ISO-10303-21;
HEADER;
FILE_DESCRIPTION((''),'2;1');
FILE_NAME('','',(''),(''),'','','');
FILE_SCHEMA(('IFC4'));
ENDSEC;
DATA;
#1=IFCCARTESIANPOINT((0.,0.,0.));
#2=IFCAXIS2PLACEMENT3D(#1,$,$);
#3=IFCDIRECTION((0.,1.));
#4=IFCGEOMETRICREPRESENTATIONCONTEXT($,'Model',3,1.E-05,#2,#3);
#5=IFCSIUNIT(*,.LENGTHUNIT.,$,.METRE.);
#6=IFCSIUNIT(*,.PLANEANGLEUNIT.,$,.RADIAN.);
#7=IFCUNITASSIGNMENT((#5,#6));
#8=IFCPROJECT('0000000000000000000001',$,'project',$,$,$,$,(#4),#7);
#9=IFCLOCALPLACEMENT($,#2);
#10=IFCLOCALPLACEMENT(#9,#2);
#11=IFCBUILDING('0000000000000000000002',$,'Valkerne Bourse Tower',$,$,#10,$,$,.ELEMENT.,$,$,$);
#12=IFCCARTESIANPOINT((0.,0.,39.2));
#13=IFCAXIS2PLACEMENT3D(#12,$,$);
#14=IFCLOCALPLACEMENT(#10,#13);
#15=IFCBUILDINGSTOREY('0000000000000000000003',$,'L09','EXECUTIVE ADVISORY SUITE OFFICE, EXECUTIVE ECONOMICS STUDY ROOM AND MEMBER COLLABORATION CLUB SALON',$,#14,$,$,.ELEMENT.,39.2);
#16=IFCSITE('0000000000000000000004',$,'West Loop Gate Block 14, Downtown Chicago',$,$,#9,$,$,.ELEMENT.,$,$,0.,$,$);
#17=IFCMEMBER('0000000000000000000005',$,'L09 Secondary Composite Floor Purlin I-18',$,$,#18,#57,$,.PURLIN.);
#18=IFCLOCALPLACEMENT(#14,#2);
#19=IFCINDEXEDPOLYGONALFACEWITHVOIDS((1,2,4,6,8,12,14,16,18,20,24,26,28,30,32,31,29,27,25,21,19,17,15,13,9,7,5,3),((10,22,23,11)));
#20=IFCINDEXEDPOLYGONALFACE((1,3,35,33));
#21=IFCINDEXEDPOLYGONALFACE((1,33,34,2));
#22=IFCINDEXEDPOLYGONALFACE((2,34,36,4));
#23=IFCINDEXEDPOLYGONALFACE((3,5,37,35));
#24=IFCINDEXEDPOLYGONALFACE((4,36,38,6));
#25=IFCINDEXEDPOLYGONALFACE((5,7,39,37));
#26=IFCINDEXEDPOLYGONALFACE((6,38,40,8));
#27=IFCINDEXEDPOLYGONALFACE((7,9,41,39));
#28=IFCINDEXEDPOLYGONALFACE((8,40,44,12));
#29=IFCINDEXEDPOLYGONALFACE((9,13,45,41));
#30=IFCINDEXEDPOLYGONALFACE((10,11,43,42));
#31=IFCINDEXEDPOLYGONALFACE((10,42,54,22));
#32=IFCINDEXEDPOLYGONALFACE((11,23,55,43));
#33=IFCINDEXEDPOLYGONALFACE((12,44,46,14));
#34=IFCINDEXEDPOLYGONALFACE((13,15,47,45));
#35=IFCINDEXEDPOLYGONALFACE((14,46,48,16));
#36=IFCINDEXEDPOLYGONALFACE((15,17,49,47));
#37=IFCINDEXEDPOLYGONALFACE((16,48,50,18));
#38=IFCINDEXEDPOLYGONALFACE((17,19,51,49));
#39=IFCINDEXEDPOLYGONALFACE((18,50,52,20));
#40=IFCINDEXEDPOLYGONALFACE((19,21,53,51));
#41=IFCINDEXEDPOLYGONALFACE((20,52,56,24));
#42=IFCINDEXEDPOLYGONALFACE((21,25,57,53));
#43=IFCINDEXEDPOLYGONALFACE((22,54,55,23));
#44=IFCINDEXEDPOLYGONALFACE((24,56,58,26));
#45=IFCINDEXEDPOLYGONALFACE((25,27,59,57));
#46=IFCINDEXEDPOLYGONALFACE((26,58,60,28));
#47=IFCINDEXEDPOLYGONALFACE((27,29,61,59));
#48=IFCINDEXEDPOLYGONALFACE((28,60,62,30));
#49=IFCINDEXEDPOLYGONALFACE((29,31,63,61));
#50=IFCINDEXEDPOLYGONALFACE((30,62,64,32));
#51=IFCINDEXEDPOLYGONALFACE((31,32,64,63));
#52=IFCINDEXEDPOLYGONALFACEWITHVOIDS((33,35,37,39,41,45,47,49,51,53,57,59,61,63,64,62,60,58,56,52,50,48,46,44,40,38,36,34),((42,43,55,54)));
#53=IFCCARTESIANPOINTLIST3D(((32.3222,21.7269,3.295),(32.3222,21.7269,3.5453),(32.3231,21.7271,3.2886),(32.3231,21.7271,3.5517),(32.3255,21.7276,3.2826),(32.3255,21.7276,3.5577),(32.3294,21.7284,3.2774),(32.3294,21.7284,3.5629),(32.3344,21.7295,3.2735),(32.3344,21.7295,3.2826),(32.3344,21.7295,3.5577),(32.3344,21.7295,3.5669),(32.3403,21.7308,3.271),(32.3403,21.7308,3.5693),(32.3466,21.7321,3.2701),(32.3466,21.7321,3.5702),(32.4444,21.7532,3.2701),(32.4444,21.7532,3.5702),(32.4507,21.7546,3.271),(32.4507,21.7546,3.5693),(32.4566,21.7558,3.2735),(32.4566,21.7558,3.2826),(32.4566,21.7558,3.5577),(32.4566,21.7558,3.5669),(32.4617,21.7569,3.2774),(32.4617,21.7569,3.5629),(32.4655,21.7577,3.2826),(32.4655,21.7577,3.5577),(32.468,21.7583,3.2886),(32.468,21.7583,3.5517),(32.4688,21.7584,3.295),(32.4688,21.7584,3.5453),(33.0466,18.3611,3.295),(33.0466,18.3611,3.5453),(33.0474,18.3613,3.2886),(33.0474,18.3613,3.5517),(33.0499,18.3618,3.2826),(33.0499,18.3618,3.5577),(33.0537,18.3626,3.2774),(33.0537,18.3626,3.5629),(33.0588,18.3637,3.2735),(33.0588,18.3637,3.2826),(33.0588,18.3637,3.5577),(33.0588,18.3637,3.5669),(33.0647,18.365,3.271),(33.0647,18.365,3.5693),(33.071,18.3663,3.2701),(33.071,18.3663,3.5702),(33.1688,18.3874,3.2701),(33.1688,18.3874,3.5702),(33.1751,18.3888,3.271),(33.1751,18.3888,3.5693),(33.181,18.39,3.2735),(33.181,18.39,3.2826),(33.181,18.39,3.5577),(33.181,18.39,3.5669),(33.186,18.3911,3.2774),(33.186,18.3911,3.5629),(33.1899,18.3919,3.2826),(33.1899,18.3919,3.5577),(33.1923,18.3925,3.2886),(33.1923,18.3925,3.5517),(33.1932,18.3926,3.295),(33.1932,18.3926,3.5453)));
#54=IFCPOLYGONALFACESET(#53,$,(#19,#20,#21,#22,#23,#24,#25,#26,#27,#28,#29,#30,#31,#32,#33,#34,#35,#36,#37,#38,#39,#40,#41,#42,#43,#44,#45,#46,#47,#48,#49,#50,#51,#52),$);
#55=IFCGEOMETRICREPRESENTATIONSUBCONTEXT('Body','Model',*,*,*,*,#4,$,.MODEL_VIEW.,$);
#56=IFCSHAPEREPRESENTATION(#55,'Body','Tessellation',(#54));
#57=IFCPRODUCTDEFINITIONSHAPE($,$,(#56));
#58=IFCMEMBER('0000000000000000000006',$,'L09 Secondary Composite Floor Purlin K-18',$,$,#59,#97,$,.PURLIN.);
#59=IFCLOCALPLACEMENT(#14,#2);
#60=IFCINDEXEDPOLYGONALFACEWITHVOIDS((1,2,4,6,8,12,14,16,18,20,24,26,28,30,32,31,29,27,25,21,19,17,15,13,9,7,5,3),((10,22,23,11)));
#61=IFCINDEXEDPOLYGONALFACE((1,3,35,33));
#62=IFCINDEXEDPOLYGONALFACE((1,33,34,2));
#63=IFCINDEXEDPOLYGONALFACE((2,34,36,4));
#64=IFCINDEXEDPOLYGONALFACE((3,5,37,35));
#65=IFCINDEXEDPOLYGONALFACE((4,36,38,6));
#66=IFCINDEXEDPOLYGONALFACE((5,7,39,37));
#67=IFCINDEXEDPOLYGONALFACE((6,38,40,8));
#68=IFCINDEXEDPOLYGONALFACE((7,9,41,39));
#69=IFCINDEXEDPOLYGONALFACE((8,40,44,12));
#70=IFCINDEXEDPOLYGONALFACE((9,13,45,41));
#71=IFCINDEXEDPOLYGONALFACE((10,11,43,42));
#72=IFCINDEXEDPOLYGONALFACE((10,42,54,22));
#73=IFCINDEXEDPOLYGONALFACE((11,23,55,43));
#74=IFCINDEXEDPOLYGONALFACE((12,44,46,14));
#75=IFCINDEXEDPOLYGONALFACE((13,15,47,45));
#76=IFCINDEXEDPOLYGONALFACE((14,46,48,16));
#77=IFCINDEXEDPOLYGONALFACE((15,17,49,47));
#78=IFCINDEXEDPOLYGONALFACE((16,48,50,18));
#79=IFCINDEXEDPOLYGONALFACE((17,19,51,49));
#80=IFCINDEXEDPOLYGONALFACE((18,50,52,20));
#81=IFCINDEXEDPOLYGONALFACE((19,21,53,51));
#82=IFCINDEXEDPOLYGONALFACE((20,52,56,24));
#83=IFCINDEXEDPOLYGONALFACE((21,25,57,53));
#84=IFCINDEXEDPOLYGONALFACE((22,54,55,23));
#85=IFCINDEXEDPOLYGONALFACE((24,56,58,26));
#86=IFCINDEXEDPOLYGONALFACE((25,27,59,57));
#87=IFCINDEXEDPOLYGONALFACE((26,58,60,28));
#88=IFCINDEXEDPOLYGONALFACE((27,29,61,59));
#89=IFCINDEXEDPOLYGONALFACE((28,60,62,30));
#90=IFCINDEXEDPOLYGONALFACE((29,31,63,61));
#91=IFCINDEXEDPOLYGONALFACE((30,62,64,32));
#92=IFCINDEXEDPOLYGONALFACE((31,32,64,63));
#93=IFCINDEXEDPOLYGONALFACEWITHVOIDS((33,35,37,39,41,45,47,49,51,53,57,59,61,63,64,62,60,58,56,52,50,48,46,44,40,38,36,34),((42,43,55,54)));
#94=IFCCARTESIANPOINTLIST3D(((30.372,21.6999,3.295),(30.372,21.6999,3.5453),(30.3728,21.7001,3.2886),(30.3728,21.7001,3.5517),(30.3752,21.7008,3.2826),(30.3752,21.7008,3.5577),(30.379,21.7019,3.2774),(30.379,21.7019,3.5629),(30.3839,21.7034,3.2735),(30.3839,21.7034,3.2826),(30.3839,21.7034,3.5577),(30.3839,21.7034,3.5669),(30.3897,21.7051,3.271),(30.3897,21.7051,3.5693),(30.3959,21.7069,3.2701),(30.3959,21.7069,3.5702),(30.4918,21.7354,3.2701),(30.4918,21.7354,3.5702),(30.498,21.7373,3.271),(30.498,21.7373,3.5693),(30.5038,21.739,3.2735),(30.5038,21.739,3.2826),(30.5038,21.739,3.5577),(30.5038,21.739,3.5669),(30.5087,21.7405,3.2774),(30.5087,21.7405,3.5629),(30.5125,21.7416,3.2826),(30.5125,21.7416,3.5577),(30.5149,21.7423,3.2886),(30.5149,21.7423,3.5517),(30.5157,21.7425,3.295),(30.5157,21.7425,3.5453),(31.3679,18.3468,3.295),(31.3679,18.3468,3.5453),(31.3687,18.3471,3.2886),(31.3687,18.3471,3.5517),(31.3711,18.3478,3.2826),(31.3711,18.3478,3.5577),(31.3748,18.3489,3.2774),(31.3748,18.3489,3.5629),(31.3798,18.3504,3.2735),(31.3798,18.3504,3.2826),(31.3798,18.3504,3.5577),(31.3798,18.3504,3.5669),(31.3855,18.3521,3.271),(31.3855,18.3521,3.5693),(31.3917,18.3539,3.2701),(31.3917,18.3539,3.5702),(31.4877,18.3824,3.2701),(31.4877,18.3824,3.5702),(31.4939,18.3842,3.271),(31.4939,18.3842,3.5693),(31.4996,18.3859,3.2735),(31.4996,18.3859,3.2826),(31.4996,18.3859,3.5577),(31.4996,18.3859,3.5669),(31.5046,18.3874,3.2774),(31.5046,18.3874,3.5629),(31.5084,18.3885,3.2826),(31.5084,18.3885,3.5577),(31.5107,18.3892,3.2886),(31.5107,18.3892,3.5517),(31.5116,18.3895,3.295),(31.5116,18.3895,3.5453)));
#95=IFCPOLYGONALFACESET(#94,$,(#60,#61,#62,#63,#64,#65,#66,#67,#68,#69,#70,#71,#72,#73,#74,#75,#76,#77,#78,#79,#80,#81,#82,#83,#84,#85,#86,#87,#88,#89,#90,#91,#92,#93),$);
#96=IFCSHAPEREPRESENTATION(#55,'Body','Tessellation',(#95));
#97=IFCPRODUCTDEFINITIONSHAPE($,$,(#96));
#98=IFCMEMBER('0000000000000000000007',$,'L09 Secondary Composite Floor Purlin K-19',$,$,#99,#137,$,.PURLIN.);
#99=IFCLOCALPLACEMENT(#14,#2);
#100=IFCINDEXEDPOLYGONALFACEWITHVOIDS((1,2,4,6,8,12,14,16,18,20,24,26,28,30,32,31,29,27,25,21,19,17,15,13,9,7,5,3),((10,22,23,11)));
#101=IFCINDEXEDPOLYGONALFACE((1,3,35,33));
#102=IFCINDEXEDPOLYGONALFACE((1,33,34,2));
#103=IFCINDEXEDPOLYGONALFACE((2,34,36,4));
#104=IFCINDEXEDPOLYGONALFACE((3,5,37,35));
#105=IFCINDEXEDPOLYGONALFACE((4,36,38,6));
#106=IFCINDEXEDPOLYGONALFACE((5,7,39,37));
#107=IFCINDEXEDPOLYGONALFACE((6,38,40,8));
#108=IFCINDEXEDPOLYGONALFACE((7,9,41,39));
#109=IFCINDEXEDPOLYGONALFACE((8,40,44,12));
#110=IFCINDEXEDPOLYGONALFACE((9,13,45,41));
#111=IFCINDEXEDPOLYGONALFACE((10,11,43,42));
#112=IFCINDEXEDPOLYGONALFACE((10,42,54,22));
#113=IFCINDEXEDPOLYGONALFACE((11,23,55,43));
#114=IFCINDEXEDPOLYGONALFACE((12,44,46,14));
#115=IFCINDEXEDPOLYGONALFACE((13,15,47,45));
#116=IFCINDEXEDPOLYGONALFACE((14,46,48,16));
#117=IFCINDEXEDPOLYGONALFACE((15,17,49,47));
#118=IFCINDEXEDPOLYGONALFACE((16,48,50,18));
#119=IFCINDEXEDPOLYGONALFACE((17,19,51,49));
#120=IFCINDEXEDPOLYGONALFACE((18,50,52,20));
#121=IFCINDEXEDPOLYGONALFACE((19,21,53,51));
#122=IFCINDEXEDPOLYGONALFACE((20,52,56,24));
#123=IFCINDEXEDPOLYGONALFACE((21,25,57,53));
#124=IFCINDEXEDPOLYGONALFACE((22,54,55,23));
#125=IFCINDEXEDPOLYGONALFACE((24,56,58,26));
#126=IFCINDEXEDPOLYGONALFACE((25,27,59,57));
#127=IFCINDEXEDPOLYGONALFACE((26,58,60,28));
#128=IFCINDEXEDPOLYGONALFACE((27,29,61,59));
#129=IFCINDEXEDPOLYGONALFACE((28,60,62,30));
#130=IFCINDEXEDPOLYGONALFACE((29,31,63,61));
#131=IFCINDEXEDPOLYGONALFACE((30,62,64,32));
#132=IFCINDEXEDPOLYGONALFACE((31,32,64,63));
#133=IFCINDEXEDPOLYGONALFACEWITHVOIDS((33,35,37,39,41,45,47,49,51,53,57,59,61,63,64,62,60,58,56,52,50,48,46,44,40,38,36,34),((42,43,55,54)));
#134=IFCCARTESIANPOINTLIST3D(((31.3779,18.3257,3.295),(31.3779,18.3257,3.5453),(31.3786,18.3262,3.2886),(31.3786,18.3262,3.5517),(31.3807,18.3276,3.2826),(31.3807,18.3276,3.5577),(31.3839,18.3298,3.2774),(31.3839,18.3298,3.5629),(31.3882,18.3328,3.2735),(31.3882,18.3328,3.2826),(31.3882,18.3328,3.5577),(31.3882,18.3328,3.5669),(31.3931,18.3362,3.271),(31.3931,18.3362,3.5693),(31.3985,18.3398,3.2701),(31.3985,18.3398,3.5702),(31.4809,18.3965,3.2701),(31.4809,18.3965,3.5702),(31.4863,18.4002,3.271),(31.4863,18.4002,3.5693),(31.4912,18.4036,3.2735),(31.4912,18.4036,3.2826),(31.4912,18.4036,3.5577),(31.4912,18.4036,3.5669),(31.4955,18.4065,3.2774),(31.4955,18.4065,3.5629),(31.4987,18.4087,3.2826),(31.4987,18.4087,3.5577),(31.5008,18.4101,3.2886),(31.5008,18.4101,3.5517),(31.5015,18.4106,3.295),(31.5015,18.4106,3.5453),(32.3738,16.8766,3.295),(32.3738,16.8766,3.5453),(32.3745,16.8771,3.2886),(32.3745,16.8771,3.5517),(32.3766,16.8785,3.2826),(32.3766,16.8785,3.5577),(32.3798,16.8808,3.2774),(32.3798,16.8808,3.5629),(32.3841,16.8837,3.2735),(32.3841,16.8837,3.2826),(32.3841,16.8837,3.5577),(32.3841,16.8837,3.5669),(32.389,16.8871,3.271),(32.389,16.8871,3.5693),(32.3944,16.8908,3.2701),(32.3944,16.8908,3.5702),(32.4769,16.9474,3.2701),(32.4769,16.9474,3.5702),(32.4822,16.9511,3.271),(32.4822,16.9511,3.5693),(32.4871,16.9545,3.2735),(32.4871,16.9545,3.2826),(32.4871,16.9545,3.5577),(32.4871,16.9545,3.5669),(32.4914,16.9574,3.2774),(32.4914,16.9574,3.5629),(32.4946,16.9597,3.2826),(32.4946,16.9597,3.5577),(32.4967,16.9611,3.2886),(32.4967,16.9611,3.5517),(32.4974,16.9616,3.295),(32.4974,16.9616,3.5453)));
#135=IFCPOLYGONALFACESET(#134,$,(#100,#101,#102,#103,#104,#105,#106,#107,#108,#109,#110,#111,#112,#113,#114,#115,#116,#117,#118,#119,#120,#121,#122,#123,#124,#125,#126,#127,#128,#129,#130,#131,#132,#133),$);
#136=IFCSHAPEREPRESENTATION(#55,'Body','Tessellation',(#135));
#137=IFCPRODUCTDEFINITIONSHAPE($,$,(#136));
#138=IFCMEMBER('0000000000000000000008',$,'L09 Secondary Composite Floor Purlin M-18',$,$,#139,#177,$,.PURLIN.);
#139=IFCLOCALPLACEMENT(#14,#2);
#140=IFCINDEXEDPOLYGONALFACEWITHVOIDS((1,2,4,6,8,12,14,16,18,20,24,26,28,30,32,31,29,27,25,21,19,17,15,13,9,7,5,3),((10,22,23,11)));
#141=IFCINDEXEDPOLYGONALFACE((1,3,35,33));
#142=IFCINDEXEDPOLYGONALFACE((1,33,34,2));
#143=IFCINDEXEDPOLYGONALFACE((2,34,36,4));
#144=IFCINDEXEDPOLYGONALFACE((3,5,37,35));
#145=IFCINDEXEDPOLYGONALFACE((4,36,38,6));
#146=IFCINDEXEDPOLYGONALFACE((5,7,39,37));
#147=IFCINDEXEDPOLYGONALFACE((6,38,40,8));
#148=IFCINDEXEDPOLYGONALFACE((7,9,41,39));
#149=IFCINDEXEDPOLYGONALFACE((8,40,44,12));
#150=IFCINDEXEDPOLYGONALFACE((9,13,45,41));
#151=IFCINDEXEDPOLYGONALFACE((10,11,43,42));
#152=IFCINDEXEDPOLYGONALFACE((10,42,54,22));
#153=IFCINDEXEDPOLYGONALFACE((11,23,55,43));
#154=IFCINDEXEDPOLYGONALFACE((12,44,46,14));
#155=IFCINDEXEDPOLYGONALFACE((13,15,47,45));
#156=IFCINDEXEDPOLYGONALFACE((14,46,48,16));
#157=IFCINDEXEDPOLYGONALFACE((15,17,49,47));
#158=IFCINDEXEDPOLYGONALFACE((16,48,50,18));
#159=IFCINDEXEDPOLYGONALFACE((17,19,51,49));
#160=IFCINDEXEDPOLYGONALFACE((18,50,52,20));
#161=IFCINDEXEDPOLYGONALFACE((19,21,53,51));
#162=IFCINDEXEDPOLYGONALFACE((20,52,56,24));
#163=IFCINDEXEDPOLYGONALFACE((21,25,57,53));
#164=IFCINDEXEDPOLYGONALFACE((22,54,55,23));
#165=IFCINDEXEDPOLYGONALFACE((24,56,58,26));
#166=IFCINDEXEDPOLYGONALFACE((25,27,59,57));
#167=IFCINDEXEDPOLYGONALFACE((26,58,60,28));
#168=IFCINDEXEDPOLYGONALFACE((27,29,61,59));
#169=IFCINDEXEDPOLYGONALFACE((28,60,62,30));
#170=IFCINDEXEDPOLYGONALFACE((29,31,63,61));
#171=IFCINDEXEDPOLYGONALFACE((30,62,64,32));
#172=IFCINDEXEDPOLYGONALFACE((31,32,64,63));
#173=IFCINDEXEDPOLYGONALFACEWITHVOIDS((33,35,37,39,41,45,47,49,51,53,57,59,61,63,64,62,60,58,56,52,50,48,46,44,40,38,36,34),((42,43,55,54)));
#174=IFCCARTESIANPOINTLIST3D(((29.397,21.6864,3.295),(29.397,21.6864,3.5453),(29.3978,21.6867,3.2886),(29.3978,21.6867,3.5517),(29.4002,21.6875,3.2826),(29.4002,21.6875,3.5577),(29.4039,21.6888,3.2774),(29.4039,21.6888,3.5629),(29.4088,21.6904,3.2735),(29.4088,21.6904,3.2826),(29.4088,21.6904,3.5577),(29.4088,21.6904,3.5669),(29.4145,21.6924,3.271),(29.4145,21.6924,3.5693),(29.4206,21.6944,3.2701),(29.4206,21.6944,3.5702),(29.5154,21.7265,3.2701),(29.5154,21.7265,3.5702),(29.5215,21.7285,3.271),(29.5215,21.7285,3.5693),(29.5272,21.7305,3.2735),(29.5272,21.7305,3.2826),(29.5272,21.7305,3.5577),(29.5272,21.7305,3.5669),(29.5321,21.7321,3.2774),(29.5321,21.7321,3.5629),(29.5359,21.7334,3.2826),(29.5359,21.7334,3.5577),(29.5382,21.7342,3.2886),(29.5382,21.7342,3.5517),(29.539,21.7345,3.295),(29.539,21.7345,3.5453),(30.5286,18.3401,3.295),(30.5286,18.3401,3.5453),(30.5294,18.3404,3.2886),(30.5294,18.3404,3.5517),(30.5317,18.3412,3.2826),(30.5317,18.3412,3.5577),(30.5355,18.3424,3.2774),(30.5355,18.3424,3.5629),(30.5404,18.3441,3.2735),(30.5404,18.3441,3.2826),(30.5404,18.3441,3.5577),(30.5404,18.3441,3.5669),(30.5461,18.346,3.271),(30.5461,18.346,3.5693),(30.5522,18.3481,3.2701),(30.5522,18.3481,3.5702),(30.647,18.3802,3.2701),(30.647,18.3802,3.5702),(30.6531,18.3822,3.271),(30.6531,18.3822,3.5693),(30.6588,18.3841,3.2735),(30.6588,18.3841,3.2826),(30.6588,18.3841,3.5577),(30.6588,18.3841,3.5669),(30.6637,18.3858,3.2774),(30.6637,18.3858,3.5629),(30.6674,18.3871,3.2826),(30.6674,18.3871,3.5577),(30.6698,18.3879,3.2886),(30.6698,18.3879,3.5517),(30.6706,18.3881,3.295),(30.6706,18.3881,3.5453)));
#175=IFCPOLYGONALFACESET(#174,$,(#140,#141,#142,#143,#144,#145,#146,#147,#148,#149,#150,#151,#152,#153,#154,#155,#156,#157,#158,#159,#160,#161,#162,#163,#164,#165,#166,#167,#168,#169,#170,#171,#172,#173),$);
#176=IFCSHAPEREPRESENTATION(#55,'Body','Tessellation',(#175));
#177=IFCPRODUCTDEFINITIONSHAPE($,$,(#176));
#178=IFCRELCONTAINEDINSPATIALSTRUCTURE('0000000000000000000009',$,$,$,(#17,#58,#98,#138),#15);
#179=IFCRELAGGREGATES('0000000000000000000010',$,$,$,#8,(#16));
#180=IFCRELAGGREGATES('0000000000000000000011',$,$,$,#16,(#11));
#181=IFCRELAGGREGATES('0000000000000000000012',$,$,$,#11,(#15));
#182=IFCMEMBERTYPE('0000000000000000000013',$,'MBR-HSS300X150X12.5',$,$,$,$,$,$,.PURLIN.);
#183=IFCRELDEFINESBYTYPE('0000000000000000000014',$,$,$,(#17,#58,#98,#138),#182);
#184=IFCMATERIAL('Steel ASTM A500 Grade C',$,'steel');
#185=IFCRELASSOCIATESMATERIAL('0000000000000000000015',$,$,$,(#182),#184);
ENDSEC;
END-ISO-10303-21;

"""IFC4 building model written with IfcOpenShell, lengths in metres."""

from ifc_helpers import new_model, si_unit, direction, frame, origin, origin_2d, place, context, subcontext, project, spatial, hollow_rectangle, extrude, material, material_profile, profile_set, type_object, element, save


model = new_model("IFC4")

# Units and contexts
model_context = context("Model", 3, precision=1e-05, world=origin(), true_north=direction((0.0, 1.0)))
body_context = subcontext(model_context, "Body", "Model", "MODEL_VIEW")
ifc_project = project(units=[si_unit("LENGTHUNIT", "METRE"), si_unit("PLANEANGLEUNIT", "RADIAN")], contexts=[model_context])

# Site, building, storey
site_placement = place(None, origin())
site = spatial("IfcSite", under=ifc_project, at=site_placement, Name="West Loop Gate Block 14, Downtown Chicago", CompositionType="ELEMENT", RefElevation=0.0)
building_placement = place(site_placement, origin())
building = spatial("IfcBuilding", under=site, at=building_placement, Name="Valkerne Bourse Tower", CompositionType="ELEMENT")
storey_placement = place(building_placement, frame((0.0, 0.0, 39.2)))
storey = spatial("IfcBuildingStorey", under=building, at=storey_placement, Name="L09", Description="EXECUTIVE ADVISORY SUITE OFFICE, EXECUTIVE ECONOMICS STUDY ROOM AND MEMBER COLLABORATION CLUB SALON", CompositionType="ELEMENT", Elevation=39.2)

# Members
ifc_material_1 = material(Name="Steel ASTM A500 Grade C", Category="steel")
ifc_material_profile = material_profile(ifc_material_1, hollow_rectangle(XDim=0.1499, YDim=0.3, WallThickness=0.0125, OuterFilletRadius=0.0249, at=origin_2d()), Name="HSS300X150X12.5")
ifc_profile_set = profile_set([ifc_material_profile], Name="Steel ASTM A500 Grade C")
member_type = type_object("IfcMemberType", Name="MBR-HSS300X150X12.5", PredefinedType="PURLIN", material=ifc_profile_set)
member_1_placement = place(storey_placement, frame((32.3955, 21.7427, 3.4202), z_axis=(0.210401, -0.977615, 0.0), x_axis=(0.977615, 0.210401, 0.0)))
element("IfcMember", 1, at=member_1_placement, inside=storey, type_object=member_type, Name="L09 Secondary Composite Floor Purlin I-18", PredefinedType="PURLIN", context=body_context, shape_type="SweptSolid", body=[
    extrude(hollow_rectangle(XDim=0.1499, YDim=0.3, WallThickness=0.0125, OuterFilletRadius=0.0249, at=origin_2d()), origin(), (0.0, 0.0, 1.0), 3.4429),
])
member_2_placement = place(storey_placement, frame((30.4438, 21.7212, 3.4202), z_axis=(0.284709, -0.958614, 0.0), x_axis=(0.958614, 0.284709, 0.0)))
element("IfcMember", 2, at=member_2_placement, inside=storey, type_object=member_type, Name="L09 Secondary Composite Floor Purlin K-18", PredefinedType="PURLIN", context=body_context, shape_type="SweptSolid", body=[
    extrude(hollow_rectangle(XDim=0.1499, YDim=0.3, WallThickness=0.0125, OuterFilletRadius=0.0249, at=origin_2d()), origin(), (0.0, 0.0, 1.0), 3.4978),
])
member_3_placement = place(storey_placement, frame((31.4397, 18.3682, 3.4202), z_axis=(0.566405, -0.824127, 0.0), x_axis=(0.824127, 0.566405, 0.0)))
element("IfcMember", 3, at=member_3_placement, inside=storey, type_object=member_type, Name="L09 Secondary Composite Floor Purlin K-19", PredefinedType="PURLIN", context=body_context, shape_type="SweptSolid", body=[
    extrude(hollow_rectangle(XDim=0.1499, YDim=0.3, WallThickness=0.0125, OuterFilletRadius=0.0249, at=origin_2d()), origin(), (0.0, 0.0, 1.0), 1.7583),
])
member_4_placement = place(storey_placement, frame((29.468, 21.7104, 3.4202), z_axis=(0.32033, -0.947306, 0.0), x_axis=(0.947306, 0.32033, 0.0)))
element("IfcMember", 4, at=member_4_placement, inside=storey, type_object=member_type, Name="L09 Secondary Composite Floor Purlin M-18", PredefinedType="PURLIN", context=body_context, shape_type="SweptSolid", body=[
    extrude(hollow_rectangle(XDim=0.1499, YDim=0.3, WallThickness=0.0125, OuterFilletRadius=0.0249, at=origin_2d()), origin(), (0.0, 0.0, 1.0), 3.5325),
])

save(model, "model.ifc")
